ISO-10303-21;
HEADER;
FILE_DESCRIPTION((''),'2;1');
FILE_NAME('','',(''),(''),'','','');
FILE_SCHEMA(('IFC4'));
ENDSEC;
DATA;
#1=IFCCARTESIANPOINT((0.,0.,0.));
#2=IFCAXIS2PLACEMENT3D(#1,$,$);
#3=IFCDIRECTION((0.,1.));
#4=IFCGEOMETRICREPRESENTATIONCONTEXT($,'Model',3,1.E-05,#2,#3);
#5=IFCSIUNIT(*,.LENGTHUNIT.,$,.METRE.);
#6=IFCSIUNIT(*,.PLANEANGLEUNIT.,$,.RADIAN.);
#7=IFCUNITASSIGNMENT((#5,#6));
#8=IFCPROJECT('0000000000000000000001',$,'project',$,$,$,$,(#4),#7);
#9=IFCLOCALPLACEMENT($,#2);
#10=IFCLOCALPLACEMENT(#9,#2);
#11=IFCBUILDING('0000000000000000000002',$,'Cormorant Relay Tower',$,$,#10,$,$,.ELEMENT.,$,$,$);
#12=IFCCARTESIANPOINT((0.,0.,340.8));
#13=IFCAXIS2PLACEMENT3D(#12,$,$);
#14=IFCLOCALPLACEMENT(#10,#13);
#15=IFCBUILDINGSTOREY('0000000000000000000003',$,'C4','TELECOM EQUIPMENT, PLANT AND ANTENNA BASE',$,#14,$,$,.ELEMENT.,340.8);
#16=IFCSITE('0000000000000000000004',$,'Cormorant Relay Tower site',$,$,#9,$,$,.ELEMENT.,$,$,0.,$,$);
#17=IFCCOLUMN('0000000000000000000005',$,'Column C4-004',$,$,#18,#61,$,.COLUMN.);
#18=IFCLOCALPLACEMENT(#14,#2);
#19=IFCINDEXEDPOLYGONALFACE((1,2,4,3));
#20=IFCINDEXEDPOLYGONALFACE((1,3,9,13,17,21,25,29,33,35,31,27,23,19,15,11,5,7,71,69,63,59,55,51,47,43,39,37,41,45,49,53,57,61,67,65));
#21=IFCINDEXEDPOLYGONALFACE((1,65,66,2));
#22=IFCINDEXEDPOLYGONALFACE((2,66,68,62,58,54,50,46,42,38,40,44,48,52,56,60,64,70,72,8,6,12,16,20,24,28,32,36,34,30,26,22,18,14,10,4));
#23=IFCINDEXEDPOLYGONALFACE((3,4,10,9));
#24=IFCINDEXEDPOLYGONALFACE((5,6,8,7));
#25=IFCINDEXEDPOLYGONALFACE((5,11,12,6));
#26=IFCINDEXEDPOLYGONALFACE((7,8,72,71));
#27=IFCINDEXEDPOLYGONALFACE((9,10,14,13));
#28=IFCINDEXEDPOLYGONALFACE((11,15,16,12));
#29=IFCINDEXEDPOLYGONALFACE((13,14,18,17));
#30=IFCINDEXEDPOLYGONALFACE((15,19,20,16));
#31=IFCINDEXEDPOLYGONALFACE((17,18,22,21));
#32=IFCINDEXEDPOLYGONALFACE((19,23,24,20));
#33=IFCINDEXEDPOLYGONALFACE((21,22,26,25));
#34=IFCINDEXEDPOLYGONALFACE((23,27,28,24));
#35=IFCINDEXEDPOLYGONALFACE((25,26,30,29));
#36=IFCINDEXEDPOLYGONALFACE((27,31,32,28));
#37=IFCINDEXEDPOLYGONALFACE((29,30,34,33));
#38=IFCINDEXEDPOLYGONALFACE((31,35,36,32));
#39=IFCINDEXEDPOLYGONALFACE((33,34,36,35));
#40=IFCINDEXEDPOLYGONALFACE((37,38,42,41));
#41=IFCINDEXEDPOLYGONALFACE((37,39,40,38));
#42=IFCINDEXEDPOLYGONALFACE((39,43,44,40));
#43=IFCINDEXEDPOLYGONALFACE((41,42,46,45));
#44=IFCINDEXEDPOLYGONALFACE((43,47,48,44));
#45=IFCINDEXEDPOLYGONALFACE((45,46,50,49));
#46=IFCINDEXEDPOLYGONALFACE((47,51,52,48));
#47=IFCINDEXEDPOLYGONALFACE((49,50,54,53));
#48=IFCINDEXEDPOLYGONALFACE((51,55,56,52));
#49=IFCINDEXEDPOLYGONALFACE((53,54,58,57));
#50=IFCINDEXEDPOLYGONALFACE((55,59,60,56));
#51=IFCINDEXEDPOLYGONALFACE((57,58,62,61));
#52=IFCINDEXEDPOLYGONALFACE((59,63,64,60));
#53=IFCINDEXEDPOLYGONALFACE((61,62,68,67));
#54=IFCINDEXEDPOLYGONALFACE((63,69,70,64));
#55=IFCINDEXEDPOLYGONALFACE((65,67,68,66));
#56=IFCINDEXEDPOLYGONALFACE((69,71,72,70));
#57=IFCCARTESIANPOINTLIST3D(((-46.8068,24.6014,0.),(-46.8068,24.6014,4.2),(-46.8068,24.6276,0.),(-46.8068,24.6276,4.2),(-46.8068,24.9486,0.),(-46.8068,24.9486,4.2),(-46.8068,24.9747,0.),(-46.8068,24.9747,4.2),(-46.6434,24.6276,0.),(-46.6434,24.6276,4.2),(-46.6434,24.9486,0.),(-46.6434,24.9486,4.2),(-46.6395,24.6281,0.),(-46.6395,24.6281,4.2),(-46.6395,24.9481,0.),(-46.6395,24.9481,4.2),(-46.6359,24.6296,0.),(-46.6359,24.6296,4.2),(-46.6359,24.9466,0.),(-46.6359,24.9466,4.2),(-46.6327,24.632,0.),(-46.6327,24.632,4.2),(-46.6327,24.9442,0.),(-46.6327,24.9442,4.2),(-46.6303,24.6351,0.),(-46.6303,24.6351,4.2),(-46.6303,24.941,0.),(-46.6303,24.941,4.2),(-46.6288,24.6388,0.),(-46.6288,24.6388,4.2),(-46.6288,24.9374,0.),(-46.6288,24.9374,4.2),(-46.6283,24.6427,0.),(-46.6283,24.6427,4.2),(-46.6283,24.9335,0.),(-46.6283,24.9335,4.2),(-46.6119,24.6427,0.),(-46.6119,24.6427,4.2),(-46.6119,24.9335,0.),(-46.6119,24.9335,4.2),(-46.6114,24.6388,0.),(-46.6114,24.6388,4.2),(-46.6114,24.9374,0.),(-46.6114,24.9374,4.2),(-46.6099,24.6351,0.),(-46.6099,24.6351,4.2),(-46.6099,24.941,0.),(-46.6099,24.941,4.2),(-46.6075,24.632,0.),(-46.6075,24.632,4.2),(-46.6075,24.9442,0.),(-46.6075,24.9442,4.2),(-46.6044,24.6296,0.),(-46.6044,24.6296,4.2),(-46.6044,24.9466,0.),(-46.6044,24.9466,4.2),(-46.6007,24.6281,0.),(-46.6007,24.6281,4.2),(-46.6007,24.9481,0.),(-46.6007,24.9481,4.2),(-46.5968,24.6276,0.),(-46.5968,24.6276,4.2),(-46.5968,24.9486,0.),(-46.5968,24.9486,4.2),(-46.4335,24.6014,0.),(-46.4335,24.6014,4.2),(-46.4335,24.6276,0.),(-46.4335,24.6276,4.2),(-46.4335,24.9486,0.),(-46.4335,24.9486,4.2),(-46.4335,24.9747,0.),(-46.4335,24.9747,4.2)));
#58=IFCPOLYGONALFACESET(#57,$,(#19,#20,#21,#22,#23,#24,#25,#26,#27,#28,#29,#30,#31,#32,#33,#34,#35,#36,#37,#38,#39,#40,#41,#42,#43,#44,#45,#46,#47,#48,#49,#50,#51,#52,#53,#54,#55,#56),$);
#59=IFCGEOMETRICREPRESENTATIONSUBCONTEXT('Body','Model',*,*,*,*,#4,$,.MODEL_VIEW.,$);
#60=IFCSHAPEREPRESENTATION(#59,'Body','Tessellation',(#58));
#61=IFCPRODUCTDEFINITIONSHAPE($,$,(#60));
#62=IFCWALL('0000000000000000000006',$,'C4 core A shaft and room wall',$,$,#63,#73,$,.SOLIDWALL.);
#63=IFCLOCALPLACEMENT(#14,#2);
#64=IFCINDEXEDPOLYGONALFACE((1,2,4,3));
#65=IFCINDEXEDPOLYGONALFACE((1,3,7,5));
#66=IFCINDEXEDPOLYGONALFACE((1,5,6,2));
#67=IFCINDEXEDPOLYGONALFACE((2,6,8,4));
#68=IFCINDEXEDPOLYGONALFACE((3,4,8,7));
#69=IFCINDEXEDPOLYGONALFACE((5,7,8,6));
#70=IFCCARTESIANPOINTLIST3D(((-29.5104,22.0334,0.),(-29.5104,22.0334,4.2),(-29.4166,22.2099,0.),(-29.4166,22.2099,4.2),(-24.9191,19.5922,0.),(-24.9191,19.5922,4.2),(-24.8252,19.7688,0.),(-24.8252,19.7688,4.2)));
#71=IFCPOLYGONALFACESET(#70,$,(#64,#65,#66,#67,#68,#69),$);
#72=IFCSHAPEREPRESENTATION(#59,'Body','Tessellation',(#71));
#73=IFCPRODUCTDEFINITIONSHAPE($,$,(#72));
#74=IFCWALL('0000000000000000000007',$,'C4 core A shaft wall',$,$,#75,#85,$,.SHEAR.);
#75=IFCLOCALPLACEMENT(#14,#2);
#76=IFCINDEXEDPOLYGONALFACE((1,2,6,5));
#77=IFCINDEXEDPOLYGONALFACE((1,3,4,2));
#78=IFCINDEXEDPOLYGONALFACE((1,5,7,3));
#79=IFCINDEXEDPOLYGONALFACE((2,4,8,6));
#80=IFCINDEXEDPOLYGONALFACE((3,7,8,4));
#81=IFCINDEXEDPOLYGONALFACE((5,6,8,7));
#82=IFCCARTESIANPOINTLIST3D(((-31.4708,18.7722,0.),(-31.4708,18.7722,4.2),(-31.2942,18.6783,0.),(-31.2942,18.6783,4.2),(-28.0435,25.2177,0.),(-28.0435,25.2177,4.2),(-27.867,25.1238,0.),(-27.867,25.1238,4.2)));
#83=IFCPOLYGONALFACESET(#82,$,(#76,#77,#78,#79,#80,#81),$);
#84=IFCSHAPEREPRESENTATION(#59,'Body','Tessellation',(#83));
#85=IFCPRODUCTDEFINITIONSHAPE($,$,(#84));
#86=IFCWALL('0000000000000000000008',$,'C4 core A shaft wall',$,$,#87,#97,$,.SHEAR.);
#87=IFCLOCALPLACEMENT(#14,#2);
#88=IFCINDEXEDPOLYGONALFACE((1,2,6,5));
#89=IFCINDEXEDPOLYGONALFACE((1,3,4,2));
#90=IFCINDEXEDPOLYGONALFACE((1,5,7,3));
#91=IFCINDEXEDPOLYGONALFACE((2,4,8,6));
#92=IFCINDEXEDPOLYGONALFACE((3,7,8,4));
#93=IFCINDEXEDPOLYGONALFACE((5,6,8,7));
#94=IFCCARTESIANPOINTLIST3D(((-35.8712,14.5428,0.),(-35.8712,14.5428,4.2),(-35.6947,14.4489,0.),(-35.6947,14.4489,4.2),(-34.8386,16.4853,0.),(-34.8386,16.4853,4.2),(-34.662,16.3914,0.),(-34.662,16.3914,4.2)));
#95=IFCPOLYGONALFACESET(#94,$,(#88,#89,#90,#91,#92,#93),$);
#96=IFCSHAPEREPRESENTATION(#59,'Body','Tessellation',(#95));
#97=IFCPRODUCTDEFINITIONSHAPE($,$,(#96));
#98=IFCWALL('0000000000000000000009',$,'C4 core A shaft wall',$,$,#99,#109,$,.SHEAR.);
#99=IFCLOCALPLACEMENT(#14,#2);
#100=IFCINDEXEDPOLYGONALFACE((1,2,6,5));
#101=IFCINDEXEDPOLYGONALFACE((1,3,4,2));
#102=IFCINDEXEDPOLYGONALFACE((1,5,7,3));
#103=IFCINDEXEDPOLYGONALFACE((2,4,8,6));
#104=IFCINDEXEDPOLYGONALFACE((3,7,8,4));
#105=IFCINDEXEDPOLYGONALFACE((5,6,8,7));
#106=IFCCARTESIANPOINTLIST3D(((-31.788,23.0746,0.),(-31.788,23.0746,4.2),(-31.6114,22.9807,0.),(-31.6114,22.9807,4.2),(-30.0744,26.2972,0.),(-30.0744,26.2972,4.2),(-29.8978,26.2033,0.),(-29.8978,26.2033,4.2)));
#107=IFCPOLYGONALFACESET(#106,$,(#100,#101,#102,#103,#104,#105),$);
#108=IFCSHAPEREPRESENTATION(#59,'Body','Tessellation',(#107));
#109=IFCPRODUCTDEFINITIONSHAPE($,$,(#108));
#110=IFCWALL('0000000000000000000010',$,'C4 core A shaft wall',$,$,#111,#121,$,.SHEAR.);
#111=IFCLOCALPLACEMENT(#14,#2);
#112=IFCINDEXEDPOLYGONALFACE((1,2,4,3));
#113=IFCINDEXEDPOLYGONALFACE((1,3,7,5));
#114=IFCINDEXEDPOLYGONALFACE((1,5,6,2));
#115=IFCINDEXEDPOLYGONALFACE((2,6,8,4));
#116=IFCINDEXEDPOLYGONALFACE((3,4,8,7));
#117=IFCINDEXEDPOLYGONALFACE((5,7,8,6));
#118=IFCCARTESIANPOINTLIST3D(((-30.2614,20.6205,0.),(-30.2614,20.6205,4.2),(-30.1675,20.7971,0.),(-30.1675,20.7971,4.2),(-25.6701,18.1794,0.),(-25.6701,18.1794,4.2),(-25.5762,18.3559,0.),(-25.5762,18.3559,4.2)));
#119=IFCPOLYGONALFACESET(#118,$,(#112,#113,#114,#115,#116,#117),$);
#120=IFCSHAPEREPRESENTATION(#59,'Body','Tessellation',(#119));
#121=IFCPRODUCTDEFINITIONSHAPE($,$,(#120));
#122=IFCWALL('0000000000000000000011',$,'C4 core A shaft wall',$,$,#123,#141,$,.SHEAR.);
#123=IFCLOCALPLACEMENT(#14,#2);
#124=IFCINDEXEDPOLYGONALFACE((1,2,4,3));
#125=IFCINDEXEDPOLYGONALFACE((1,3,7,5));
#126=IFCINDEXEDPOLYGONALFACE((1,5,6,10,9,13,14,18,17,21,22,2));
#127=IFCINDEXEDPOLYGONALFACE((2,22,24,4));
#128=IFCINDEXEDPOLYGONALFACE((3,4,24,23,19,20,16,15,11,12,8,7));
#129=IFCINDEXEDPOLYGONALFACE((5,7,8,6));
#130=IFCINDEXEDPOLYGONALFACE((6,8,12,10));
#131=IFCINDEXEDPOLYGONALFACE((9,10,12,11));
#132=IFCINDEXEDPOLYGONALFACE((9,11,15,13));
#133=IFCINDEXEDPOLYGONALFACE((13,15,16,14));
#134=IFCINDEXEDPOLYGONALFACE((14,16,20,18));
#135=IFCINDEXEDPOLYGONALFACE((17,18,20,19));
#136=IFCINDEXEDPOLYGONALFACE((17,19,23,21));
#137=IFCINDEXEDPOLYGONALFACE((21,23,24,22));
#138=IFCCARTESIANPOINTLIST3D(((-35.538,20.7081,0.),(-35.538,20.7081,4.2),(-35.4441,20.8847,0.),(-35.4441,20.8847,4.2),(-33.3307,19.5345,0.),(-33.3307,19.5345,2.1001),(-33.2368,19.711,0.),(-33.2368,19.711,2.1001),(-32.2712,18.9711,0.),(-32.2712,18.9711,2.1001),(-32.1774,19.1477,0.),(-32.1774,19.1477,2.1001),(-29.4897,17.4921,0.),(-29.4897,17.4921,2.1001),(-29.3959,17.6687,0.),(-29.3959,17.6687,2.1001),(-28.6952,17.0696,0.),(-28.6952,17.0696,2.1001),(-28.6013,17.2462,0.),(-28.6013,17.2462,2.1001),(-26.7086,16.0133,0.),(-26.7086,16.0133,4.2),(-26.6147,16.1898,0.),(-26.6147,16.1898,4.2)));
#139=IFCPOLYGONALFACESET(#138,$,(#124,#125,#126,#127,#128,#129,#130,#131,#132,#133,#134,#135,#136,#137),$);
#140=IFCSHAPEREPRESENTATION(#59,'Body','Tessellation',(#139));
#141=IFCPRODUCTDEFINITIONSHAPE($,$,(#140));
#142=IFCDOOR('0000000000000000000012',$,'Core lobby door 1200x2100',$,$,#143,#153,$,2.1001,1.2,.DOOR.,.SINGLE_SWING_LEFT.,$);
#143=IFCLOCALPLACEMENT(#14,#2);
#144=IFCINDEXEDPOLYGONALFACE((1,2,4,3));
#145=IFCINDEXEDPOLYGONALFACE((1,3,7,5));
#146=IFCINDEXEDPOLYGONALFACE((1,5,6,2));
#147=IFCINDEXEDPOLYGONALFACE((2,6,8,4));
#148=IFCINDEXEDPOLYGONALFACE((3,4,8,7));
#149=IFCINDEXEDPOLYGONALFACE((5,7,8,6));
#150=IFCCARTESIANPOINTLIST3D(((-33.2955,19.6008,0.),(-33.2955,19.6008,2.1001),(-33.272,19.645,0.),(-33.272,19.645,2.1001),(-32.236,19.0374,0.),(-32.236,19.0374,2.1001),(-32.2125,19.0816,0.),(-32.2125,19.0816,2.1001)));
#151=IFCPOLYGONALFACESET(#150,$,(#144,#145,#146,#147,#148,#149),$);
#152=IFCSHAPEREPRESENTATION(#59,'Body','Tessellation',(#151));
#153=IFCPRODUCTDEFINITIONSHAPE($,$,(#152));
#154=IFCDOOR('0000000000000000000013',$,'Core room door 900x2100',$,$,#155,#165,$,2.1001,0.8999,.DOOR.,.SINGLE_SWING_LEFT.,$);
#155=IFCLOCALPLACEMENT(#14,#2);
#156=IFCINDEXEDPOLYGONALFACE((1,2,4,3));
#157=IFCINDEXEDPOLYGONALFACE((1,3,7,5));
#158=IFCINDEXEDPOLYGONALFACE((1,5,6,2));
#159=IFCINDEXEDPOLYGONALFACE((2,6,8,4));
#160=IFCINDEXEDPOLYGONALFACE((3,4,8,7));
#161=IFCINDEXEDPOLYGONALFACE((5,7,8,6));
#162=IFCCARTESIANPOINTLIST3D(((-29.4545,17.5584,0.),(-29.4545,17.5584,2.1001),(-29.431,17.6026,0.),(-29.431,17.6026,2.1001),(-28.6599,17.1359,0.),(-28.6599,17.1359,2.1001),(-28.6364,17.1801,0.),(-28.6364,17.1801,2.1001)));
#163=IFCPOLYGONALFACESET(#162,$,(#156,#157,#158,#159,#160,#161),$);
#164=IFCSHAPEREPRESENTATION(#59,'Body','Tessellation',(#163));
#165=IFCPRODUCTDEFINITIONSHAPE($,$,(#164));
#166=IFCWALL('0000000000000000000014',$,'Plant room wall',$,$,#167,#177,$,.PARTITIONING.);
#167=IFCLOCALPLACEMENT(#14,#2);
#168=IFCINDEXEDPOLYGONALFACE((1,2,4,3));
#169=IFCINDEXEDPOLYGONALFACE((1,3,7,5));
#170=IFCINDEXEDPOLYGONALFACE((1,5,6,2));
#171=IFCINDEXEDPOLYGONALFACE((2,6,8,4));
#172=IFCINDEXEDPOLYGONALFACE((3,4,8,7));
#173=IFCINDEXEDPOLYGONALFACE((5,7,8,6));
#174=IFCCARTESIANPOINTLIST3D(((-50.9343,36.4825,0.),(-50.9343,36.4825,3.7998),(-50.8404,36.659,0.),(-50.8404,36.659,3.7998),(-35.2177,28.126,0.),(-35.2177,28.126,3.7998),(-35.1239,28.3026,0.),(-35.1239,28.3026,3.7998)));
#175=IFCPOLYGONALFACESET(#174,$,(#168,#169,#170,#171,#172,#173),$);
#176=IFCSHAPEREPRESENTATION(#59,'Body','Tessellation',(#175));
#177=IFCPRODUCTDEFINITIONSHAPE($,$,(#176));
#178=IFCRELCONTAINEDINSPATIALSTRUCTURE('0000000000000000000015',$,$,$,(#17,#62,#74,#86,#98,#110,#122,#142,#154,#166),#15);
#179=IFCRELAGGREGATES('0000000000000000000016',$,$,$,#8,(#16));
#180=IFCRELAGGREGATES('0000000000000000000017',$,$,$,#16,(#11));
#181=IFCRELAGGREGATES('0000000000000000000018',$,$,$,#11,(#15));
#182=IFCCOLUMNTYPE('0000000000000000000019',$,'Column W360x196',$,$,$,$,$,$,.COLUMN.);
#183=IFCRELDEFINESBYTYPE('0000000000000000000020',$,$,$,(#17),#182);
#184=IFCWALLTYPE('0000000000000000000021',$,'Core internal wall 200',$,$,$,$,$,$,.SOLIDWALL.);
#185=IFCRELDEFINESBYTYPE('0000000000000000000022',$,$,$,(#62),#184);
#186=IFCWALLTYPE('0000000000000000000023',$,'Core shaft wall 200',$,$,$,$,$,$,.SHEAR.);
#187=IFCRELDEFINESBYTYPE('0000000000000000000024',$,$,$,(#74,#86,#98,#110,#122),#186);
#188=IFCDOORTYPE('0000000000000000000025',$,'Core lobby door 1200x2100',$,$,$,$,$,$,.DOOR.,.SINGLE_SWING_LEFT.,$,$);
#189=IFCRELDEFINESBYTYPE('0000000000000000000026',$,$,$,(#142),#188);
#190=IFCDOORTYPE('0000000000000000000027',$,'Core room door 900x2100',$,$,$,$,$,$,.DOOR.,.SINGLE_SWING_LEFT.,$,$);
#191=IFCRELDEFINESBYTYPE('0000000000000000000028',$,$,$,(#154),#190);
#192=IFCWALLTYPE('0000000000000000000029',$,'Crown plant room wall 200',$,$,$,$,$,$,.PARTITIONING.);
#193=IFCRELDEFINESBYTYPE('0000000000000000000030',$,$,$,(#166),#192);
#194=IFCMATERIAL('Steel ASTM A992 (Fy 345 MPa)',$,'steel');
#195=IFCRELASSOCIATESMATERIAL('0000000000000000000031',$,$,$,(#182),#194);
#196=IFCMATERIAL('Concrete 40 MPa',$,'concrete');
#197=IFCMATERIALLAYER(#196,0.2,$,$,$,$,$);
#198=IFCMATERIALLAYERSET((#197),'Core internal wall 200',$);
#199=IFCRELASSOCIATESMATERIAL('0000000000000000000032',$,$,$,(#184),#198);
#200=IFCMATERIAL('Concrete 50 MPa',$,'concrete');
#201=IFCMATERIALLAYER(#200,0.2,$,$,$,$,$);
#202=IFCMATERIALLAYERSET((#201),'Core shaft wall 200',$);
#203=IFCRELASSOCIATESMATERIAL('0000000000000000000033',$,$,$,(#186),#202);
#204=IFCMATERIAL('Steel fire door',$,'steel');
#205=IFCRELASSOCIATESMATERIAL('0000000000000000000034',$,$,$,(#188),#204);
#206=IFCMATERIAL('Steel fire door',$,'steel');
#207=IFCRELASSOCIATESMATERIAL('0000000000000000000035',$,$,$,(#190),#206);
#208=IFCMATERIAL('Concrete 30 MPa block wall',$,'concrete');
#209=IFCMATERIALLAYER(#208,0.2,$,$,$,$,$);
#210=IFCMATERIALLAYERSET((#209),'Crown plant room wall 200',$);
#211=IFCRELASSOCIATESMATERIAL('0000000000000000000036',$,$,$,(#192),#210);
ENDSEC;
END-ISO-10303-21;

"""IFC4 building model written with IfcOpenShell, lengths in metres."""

from ifc_helpers import new_model, si_unit, direction, frame, frame_2d, origin, origin_2d, place, context, subcontext, project, spatial, rectangle, i_section, extrude, material, layer, layer_set, material_profile, profile_set, type_object, element, fill, save


model = new_model("IFC4")

# Units and contexts
model_context = context("Model", 3, precision=1e-05, world=origin(), true_north=direction((0.0, 1.0)))
body_context = subcontext(model_context, "Body", "Model", "MODEL_VIEW")
ifc_project = project(units=[si_unit("LENGTHUNIT", "METRE"), si_unit("PLANEANGLEUNIT", "RADIAN")], contexts=[model_context])

# Site, building, storey
site_placement = place(None, origin())
site = spatial("IfcSite", under=ifc_project, at=site_placement, Name="Cormorant Relay Tower site", CompositionType="ELEMENT", RefElevation=0.0)
building_placement = place(site_placement, origin())
building = spatial("IfcBuilding", under=site, at=building_placement, Name="Cormorant Relay Tower", CompositionType="ELEMENT")
storey_placement = place(building_placement, frame((0.0, 0.0, 340.8)))
storey = spatial("IfcBuildingStorey", under=building, at=storey_placement, Name="C4", Description="TELECOM EQUIPMENT, PLANT AND ANTENNA BASE", CompositionType="ELEMENT", Elevation=340.8)

# Column
ifc_material_1 = material(Name="Steel ASTM A992 (Fy 345 MPa)", Category="steel")
ifc_material_profile = material_profile(ifc_material_1, i_section(OverallWidth=0.3733, OverallDepth=0.3733, WebThickness=0.0164, FlangeThickness=0.0261, FilletRadius=0.0151, at=origin_2d()), Name="W360x196")
ifc_profile_set = profile_set([ifc_material_profile], Name="Steel ASTM A992 (Fy 345 MPa)")
column_type = type_object("IfcColumnType", Name="Column W360x196", PredefinedType="COLUMN", material=ifc_profile_set)
column_placement = place(storey_placement, frame((-46.6201, 24.7881, 0.0), z_axis=(0.0, 0.0, 1.0), x_axis=(1.0, 0.0, 0.0)))
element("IfcColumn", 1, at=column_placement, inside=storey, type_object=column_type, Name="Column C4-004", PredefinedType="COLUMN", context=body_context, shape_type="SweptSolid", body=[
    extrude(i_section(OverallWidth=0.3733, OverallDepth=0.3733, WebThickness=0.0164, FlangeThickness=0.0261, FilletRadius=0.0151, at=origin_2d()), origin(), (0.0, 0.0, 1.0), 4.2),
])

# Walls
ifc_material_2 = material(Name="Concrete 40 MPa", Category="concrete")
ifc_layer_1 = layer(ifc_material_2, 0.2)
ifc_layer_set_1 = layer_set([ifc_layer_1], Name="Core internal wall 200")
wall_type_1 = type_object("IfcWallType", Name="Core internal wall 200", PredefinedType="SOLIDWALL", material=ifc_layer_set_1)
wall_1_placement = place(storey_placement, frame((-24.8721, 19.6804, 0.0), z_axis=(0.0, 0.0, 1.0), x_axis=(-0.882954, 0.46946, 0.0)))
element("IfcWall", 2, at=wall_1_placement, inside=storey, type_object=wall_type_1, Name="C4 core A shaft and room wall", PredefinedType="SOLIDWALL", context=body_context, shape_type="SweptSolid", body=[
    extrude(rectangle(XDim=5.2, YDim=0.2, at=frame_2d((2.6001, 0.0))), origin(), (0.0, 0.0, 1.0), 4.2),
])
ifc_material_3 = material(Name="Concrete 50 MPa", Category="concrete")
ifc_layer_2 = layer(ifc_material_3, 0.2)
ifc_layer_set_2 = layer_set([ifc_layer_2], Name="Core shaft wall 200")
wall_type_2 = type_object("IfcWallType", Name="Core shaft wall 200", PredefinedType="SHEAR", material=ifc_layer_set_2)
wall_2_placement = place(storey_placement, frame((-27.9553, 25.1707, 0.0), z_axis=(0.0, 0.0, 1.0), x_axis=(-0.46948, -0.882943, 0.0)))
element("IfcWall", 3, at=wall_2_placement, inside=storey, type_object=wall_type_2, Name="C4 core A shaft wall", PredefinedType="SHEAR", context=body_context, shape_type="SweptSolid", body=[
    extrude(rectangle(XDim=7.3, YDim=0.2, at=frame_2d((3.6499, 0.0))), origin(), (0.0, 0.0, 1.0), 4.2),
])
wall_3_placement = place(storey_placement, frame((-34.7502, 16.4385, 0.0), z_axis=(0.0, 0.0, 1.0), x_axis=(-0.469401, -0.882985, 0.0)))
element("IfcWall", 4, at=wall_3_placement, inside=storey, type_object=wall_type_2, Name="C4 core A shaft wall", PredefinedType="SHEAR", context=body_context, shape_type="SweptSolid", body=[
    extrude(rectangle(XDim=2.2, YDim=0.2, at=frame_2d((1.1001, 0.0))), origin(), (0.0, 0.0, 1.0), 4.2),
])
wall_4_placement = place(storey_placement, frame((-29.9861, 26.2502, 0.0), z_axis=(0.0, 0.0, 1.0), x_axis=(-0.469494, -0.882936, 0.0)))
element("IfcWall", 5, at=wall_4_placement, inside=storey, type_object=wall_type_2, Name="C4 core A shaft wall", PredefinedType="SHEAR", context=body_context, shape_type="SweptSolid", body=[
    extrude(rectangle(XDim=3.6499, YDim=0.2, at=frame_2d((1.825, 0.0))), origin(), (0.0, 0.0, 1.0), 4.2),
])

# Wall
wall_5_placement = place(storey_placement, frame((-25.623, 18.2676, 0.0), z_axis=(0.0, 0.0, 1.0), x_axis=(-0.882954, 0.46946, 0.0)))
element("IfcWall", 6, at=wall_5_placement, inside=storey, type_object=wall_type_2, Name="C4 core A shaft wall", PredefinedType="SHEAR", context=body_context, shape_type="SweptSolid", body=[
    extrude(rectangle(XDim=5.2, YDim=0.2, at=frame_2d((2.6001, 0.0))), origin(), (0.0, 0.0, 1.0), 4.2),
])

# Wall, openings, doors
wall_6_placement = place(storey_placement, frame((-26.6616, 16.1016, 0.0), z_axis=(0.0, 0.0, 1.0), x_axis=(-0.88294, 0.469485, 0.0)))
wall_6 = element("IfcWall", 7, at=wall_6_placement, inside=storey, type_object=wall_type_2, Name="C4 core A shaft wall", PredefinedType="SHEAR", context=body_context, shape_type="SweptSolid", body=[
    extrude(rectangle(XDim=10.0, YDim=0.2, at=frame_2d((5.0, 0.0))), origin(), (0.0, 0.0, 1.0), 4.2),
])
opening_1_placement = place(wall_6_placement, frame((6.3, 0.0, 0.0)))
opening_1 = element("IfcOpeningElement", 8, at=opening_1_placement, cuts=wall_6, PredefinedType="OPENING", context=body_context, shape_type="SweptSolid", body=[
    extrude(rectangle(XDim=1.2, YDim=2.1001, at=frame_2d((0.6001, 1.05))), frame((0.0, 0.1099, 0.0), z_axis=(0.0, -1.0, 0.0), x_axis=(1.0, 0.0, 0.0)), (0.0, 0.0, 1.0), 0.22),
])
opening_2_placement = place(wall_6_placement, frame((2.25, 0.0, 0.0)))
opening_2 = element("IfcOpeningElement", 9, at=opening_2_placement, cuts=wall_6, PredefinedType="OPENING", context=body_context, shape_type="SweptSolid", body=[
    extrude(rectangle(XDim=0.8999, YDim=2.1001, at=frame_2d((0.45, 1.05))), frame((0.0, 0.1099, 0.0), z_axis=(0.0, -1.0, 0.0), x_axis=(1.0, 0.0, 0.0)), (0.0, 0.0, 1.0), 0.22),
])
ifc_material_4 = material(Name="Steel fire door", Category="steel")
door_type_1 = type_object("IfcDoorType", Name="Core lobby door 1200x2100", OperationType="SINGLE_SWING_LEFT", PredefinedType="DOOR", material=ifc_material_4)
door_1_placement = place(opening_1_placement, origin())
door_1 = element("IfcDoor", 10, at=door_1_placement, inside=storey, type_object=door_type_1, Name="Core lobby door 1200x2100", OperationType="SINGLE_SWING_LEFT", OverallHeight=2.1001, OverallWidth=1.2, PredefinedType="DOOR", context=body_context, shape_type="SweptSolid", body=[
    extrude(rectangle(XDim=1.2, YDim=2.1001, at=frame_2d((0.6001, 1.05))), frame((0.0, 0.0249, 0.0), z_axis=(0.0, -1.0, 0.0), x_axis=(1.0, 0.0, 0.0)), (0.0, 0.0, 1.0), 0.05),
])
fill(opening_1, door_1)
ifc_material_5 = material(Name="Steel fire door", Category="steel")
door_type_2 = type_object("IfcDoorType", Name="Core room door 900x2100", OperationType="SINGLE_SWING_LEFT", PredefinedType="DOOR", material=ifc_material_5)
door_2_placement = place(opening_2_placement, origin())
door_2 = element("IfcDoor", 11, at=door_2_placement, inside=storey, type_object=door_type_2, Name="Core room door 900x2100", OperationType="SINGLE_SWING_LEFT", OverallHeight=2.1001, OverallWidth=0.8999, PredefinedType="DOOR", context=body_context, shape_type="SweptSolid", body=[
    extrude(rectangle(XDim=0.8999, YDim=2.1001, at=frame_2d((0.45, 1.05))), frame((0.0, 0.0249, 0.0), z_axis=(0.0, -1.0, 0.0), x_axis=(1.0, 0.0, 0.0)), (0.0, 0.0, 1.0), 0.05),
])
fill(opening_2, door_2)

# Wall
ifc_material_6 = material(Name="Concrete 30 MPa block wall", Category="concrete")
ifc_layer_3 = layer(ifc_material_6, 0.2)
ifc_layer_set_3 = layer_set([ifc_layer_3], Name="Crown plant room wall 200")
wall_type_3 = type_object("IfcWallType", Name="Crown plant room wall 200", PredefinedType="PARTITIONING", material=ifc_layer_set_3)
wall_7_placement = place(storey_placement, frame((-35.1709, 28.2144, 0.0), z_axis=(0.0, 0.0, 1.0), x_axis=(-0.882952, 0.469463, 0.0)))
element("IfcWall", 12, at=wall_7_placement, inside=storey, type_object=wall_type_3, Name="Plant room wall", PredefinedType="PARTITIONING", context=body_context, shape_type="SweptSolid", body=[
    extrude(rectangle(XDim=17.8, YDim=0.2, at=frame_2d((8.8999, 0.0))), origin(), (0.0, 0.0, 1.0), 3.7998),
])

save(model, "model.ifc")
